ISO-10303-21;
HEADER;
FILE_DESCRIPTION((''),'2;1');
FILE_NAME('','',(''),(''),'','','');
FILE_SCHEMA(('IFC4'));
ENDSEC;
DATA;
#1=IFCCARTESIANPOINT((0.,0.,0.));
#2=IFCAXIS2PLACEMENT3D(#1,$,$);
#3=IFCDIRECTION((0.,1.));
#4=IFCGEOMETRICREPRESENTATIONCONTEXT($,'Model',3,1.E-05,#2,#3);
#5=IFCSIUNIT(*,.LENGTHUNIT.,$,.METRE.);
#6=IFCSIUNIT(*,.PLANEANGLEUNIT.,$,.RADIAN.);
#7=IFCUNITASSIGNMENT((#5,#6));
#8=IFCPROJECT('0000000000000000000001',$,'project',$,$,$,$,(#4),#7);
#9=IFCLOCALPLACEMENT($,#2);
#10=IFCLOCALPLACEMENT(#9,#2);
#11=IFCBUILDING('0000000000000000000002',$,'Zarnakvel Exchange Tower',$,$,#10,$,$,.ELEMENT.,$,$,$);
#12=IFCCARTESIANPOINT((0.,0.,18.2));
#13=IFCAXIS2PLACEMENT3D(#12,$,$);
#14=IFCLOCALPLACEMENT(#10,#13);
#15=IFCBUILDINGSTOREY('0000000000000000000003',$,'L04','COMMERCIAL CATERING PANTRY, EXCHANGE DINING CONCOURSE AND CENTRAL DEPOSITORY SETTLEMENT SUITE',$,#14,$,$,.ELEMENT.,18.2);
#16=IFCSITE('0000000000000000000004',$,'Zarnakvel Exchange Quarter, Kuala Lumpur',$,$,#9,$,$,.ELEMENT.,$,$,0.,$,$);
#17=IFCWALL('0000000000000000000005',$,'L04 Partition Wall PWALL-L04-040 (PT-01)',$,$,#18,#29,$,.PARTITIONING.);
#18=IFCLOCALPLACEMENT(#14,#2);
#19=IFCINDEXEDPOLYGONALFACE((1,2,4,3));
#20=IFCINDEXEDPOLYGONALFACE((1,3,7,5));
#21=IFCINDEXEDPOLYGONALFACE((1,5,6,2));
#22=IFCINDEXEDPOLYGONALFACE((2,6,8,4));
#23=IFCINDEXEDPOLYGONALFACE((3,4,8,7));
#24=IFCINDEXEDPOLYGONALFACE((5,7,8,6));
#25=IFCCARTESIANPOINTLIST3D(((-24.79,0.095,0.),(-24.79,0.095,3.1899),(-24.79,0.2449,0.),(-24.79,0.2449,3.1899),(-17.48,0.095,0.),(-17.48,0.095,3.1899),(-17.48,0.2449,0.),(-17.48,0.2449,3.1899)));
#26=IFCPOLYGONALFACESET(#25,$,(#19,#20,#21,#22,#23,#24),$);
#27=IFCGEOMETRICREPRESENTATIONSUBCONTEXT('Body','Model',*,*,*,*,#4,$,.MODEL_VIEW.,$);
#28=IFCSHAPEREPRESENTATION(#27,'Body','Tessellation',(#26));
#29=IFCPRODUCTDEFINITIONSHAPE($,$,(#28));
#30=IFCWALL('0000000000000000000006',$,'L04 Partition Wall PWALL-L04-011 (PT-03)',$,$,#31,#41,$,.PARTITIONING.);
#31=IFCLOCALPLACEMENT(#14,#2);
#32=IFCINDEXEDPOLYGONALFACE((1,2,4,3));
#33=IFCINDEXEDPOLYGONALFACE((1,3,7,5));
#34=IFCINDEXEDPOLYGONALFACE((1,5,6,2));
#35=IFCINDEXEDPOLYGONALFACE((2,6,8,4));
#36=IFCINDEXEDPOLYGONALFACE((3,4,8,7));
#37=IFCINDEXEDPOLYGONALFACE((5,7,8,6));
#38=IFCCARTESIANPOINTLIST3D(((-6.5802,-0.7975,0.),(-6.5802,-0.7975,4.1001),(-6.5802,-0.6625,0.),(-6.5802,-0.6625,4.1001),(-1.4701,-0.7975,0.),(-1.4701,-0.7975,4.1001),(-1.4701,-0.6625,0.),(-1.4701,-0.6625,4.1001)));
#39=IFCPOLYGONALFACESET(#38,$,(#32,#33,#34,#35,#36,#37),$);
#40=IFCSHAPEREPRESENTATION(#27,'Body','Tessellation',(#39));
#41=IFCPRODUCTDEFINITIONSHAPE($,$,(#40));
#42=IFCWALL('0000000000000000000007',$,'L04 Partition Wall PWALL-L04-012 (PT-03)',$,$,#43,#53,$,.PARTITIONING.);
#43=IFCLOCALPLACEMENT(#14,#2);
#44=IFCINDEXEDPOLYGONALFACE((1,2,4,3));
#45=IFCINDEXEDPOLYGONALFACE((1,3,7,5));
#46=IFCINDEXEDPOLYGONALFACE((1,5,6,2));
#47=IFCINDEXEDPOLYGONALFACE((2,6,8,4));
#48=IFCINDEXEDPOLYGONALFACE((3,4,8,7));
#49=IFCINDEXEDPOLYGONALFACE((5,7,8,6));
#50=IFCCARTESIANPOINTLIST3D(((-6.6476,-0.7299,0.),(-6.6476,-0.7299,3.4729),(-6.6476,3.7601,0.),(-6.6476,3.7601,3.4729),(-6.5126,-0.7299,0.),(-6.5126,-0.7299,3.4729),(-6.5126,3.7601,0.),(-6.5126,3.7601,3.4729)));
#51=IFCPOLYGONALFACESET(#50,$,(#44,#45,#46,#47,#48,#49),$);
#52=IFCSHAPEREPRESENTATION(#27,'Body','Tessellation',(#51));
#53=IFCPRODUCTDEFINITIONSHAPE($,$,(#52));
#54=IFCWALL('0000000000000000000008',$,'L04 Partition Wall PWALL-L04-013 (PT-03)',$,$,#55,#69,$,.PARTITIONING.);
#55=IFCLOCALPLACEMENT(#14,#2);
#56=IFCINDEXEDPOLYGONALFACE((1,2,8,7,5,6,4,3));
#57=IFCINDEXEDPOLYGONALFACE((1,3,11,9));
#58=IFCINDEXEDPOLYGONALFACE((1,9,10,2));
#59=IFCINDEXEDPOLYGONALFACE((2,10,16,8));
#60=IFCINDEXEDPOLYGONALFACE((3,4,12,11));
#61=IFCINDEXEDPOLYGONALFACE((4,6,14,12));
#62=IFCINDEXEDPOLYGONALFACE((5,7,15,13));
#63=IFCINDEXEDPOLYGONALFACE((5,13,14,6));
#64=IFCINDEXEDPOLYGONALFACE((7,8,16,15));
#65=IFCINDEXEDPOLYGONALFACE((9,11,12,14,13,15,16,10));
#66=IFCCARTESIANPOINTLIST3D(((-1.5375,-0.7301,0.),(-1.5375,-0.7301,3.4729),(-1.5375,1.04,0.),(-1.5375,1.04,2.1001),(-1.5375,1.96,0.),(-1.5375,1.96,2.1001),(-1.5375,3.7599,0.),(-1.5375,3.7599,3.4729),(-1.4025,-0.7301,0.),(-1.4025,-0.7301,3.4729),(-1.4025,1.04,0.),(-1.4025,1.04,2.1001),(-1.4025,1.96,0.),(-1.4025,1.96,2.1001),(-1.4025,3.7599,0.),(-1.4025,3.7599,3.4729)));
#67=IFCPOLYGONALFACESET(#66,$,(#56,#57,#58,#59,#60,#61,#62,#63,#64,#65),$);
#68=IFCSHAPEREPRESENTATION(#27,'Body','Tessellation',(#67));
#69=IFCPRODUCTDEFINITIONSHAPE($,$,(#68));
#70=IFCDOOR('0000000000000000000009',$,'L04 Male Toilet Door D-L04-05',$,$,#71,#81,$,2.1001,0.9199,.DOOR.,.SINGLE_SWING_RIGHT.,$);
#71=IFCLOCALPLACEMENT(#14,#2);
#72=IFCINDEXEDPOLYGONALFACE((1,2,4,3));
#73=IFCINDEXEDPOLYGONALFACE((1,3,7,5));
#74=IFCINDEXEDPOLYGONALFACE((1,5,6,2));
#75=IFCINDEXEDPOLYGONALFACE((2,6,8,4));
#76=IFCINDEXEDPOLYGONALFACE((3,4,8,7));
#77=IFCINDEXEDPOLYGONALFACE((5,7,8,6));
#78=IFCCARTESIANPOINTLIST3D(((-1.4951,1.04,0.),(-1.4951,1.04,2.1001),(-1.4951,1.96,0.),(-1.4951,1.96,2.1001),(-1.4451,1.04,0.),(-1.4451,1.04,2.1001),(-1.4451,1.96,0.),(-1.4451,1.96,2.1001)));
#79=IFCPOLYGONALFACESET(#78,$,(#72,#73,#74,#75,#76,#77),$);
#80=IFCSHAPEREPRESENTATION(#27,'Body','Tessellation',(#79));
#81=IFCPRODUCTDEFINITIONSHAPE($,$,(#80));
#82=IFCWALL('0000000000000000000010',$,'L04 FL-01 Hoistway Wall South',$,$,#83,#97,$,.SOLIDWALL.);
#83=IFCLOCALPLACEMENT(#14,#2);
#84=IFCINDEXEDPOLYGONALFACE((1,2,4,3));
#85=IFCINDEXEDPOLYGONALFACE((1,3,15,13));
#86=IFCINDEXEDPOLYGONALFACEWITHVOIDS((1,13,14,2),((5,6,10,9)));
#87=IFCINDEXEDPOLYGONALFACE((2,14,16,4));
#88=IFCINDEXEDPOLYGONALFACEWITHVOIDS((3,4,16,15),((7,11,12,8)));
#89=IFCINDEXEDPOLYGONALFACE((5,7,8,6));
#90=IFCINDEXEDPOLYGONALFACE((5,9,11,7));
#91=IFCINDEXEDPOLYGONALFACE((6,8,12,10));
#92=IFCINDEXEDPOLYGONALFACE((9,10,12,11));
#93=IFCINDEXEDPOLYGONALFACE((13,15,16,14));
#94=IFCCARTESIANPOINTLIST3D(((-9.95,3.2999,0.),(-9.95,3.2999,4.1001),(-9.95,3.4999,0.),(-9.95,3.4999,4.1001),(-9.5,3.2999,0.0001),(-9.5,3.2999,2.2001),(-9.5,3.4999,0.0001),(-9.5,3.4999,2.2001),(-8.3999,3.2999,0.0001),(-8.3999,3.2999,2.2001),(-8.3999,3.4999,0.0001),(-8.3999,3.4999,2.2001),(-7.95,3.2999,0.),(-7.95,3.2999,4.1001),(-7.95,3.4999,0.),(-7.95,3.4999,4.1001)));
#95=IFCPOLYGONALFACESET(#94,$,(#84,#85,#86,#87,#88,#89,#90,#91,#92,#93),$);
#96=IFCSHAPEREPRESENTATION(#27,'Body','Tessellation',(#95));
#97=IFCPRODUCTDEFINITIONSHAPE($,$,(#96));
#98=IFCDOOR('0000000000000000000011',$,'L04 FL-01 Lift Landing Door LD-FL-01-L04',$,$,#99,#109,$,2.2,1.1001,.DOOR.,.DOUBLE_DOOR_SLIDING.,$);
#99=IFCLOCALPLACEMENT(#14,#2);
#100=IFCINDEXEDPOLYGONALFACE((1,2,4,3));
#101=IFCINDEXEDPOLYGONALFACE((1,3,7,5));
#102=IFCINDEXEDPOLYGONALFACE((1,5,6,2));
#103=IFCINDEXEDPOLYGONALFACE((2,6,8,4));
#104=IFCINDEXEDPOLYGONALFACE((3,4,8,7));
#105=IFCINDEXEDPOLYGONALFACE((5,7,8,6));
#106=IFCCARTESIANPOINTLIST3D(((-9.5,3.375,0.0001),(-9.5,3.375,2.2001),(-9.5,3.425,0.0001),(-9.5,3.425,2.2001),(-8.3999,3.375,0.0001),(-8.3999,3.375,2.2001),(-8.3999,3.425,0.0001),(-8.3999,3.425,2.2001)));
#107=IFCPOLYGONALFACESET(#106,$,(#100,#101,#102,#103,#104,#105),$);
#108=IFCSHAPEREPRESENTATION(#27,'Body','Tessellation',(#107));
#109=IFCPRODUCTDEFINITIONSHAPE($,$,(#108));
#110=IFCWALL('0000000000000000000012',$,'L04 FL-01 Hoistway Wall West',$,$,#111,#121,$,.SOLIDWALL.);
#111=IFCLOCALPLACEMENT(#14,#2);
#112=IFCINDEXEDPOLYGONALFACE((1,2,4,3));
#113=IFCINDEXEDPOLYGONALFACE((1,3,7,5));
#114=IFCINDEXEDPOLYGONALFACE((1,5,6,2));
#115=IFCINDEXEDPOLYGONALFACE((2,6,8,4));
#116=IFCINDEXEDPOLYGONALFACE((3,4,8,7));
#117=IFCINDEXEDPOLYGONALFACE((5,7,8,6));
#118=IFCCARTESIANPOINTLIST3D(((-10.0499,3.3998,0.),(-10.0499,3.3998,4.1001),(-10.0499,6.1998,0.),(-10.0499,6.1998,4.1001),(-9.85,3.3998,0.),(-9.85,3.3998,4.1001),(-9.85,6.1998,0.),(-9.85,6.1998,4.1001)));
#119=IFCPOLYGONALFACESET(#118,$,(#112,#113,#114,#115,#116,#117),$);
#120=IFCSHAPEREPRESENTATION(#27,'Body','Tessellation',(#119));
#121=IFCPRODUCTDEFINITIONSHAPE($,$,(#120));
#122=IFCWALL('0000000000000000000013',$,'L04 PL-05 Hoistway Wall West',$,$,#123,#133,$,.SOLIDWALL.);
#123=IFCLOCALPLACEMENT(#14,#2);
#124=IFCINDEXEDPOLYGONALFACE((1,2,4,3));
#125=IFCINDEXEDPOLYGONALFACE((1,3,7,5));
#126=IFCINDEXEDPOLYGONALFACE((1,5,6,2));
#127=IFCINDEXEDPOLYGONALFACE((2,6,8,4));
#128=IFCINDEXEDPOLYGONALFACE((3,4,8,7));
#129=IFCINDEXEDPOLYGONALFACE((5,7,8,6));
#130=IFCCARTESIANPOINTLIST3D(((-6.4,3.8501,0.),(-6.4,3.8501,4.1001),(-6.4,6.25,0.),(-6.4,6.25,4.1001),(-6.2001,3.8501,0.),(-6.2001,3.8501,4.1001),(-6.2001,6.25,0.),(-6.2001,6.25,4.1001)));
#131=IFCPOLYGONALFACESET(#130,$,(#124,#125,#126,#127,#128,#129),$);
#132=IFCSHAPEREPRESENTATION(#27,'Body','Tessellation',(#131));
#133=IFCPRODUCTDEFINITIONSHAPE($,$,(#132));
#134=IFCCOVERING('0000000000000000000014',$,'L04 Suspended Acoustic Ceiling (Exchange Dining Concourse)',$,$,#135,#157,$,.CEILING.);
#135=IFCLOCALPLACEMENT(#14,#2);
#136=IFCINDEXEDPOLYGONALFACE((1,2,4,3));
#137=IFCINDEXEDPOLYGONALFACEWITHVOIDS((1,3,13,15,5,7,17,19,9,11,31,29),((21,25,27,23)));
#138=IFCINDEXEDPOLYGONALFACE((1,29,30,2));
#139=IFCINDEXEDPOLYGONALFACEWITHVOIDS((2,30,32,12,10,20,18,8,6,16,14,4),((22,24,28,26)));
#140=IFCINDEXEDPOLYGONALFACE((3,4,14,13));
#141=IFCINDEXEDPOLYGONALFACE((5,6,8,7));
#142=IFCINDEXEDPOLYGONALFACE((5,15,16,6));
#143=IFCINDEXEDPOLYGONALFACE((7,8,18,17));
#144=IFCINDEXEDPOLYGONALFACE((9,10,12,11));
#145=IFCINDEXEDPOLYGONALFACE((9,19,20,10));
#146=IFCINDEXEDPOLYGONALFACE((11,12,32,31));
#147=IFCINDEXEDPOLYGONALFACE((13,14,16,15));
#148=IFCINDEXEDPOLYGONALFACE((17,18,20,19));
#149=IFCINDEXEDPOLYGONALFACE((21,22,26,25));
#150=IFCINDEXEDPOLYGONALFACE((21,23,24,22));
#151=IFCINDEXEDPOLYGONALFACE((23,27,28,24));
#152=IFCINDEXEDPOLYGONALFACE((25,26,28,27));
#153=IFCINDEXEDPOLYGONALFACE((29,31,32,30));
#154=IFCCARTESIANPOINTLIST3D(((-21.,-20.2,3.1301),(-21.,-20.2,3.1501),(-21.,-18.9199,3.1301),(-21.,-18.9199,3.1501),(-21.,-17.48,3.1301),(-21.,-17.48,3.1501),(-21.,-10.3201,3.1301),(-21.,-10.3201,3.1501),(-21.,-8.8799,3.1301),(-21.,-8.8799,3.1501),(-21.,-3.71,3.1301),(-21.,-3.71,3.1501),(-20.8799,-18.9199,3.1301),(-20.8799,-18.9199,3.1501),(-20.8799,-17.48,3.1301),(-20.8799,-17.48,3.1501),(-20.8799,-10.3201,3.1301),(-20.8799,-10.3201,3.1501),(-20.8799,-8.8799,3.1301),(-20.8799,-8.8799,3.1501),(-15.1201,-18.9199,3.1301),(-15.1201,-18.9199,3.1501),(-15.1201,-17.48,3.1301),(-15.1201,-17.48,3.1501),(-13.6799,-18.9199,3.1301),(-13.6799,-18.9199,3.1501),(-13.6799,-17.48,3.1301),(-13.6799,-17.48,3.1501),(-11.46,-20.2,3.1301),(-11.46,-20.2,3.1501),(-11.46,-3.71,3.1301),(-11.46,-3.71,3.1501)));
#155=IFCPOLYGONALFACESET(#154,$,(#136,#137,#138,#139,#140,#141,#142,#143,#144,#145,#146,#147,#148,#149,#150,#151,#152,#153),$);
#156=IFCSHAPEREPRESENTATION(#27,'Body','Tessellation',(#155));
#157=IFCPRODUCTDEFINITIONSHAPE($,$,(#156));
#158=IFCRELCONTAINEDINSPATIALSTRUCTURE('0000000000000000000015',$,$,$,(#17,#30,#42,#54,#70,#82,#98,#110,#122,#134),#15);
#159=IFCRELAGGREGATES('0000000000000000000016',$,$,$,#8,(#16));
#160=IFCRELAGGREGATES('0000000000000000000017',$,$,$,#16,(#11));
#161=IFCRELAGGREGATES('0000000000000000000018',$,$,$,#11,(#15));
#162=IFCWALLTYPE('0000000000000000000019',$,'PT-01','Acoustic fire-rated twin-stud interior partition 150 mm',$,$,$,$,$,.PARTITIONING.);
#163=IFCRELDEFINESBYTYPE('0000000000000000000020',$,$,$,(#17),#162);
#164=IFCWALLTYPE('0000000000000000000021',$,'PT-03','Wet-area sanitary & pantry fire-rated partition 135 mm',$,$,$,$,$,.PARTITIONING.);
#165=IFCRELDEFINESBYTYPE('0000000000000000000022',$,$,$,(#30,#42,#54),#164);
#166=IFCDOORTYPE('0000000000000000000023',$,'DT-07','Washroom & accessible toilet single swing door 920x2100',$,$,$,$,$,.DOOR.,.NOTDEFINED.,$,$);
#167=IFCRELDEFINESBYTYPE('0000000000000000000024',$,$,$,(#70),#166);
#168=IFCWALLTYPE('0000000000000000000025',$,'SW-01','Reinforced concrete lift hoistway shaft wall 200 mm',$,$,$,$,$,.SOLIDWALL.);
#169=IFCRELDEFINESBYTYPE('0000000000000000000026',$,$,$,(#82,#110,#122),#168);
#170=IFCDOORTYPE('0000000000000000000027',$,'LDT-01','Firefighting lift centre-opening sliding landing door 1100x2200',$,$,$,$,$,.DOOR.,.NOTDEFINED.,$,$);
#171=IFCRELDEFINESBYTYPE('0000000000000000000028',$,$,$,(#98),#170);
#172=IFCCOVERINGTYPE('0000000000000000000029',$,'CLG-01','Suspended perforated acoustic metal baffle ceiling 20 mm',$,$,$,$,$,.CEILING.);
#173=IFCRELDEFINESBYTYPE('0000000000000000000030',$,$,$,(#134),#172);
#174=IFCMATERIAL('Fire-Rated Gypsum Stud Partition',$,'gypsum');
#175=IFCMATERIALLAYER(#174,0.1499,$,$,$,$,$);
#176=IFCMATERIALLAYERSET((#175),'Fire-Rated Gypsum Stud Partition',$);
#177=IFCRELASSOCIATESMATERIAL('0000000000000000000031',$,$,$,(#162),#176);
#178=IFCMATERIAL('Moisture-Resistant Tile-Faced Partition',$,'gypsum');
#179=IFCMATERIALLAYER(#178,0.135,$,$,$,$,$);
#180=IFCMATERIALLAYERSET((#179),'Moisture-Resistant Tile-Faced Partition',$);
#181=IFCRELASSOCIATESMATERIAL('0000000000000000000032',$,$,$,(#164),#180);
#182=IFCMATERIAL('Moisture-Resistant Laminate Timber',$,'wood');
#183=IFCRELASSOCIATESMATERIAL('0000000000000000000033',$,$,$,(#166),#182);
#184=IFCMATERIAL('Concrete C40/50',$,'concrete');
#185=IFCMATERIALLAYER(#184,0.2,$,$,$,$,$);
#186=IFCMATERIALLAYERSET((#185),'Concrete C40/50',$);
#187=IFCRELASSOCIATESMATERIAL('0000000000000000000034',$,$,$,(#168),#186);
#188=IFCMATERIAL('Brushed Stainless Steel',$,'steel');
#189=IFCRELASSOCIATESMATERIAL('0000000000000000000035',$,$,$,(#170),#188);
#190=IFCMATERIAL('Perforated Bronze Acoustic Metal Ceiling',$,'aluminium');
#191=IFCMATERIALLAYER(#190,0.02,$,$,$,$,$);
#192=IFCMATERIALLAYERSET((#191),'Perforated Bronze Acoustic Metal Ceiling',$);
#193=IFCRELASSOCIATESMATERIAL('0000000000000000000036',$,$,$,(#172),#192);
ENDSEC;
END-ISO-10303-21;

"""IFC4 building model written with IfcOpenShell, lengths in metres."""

from ifc_helpers import new_model, si_unit, direction, frame, frame_2d, origin, place, context, subcontext, project, spatial, polyline, rectangle, outline, extrude, source, transform, mapped, material, layer, layer_set, type_object, element, fill, save


model = new_model("IFC4")

# Units and contexts
model_context = context("Model", 3, precision=1e-05, world=origin(), true_north=direction((0.0, 1.0)))
body_context = subcontext(model_context, "Body", "Model", "MODEL_VIEW")
ifc_project = project(units=[si_unit("LENGTHUNIT", "METRE"), si_unit("PLANEANGLEUNIT", "RADIAN")], contexts=[model_context])

# Site, building, storey
site_placement = place(None, origin())
site = spatial("IfcSite", under=ifc_project, at=site_placement, Name="Zarnakvel Exchange Quarter, Kuala Lumpur", CompositionType="ELEMENT", RefElevation=0.0)
building_placement = place(site_placement, origin())
building = spatial("IfcBuilding", under=site, at=building_placement, Name="Zarnakvel Exchange Tower", CompositionType="ELEMENT")
storey_placement = place(building_placement, frame((0.0, 0.0, 18.2)))
storey = spatial("IfcBuildingStorey", under=building, at=storey_placement, Name="L04", Description="COMMERCIAL CATERING PANTRY, EXCHANGE DINING CONCOURSE AND CENTRAL DEPOSITORY SETTLEMENT SUITE", CompositionType="ELEMENT", Elevation=18.2)

# Shared definitions
ifc_material_1 = material(Name="Concrete C40/50", Category="concrete")

# Walls
ifc_material_2 = material(Name="Fire-Rated Gypsum Stud Partition", Category="gypsum")
ifc_layer_1 = layer(ifc_material_2, 0.1499)
ifc_layer_set_1 = layer_set([ifc_layer_1], Name="Fire-Rated Gypsum Stud Partition")
wall_type_1 = type_object("IfcWallType", Name="PT-01", Description="Acoustic fire-rated twin-stud interior partition 150 mm", PredefinedType="PARTITIONING", material=ifc_layer_set_1)
wall_1_placement = place(storey_placement, frame((-17.48, 0.1699, 0.0), z_axis=(0.0, 0.0, 1.0), x_axis=(-1.0, 0.0, 0.0)))
element("IfcWall", 1, at=wall_1_placement, inside=storey, type_object=wall_type_1, Name="L04 Partition Wall PWALL-L04-040 (PT-01)", PredefinedType="PARTITIONING", context=body_context, shape_type="SweptSolid", body=[
    extrude(rectangle(XDim=7.3101, YDim=0.1499, at=frame_2d((3.655, 0.0))), origin(), (0.0, 0.0, 1.0), 3.1899),
])
ifc_material_3 = material(Name="Moisture-Resistant Tile-Faced Partition", Category="gypsum")
ifc_layer_2 = layer(ifc_material_3, 0.135)
ifc_layer_set_2 = layer_set([ifc_layer_2], Name="Moisture-Resistant Tile-Faced Partition")
wall_type_2 = type_object("IfcWallType", Name="PT-03", Description="Wet-area sanitary & pantry fire-rated partition 135 mm", PredefinedType="PARTITIONING", material=ifc_layer_set_2)
wall_2_placement = place(storey_placement, frame((-1.47, -0.73, 0.0), z_axis=(0.0, 0.0, 1.0), x_axis=(-1.0, 0.0, 0.0)))
element("IfcWall", 2, at=wall_2_placement, inside=storey, type_object=wall_type_2, Name="L04 Partition Wall PWALL-L04-011 (PT-03)", PredefinedType="PARTITIONING", context=body_context, shape_type="SweptSolid", body=[
    extrude(rectangle(XDim=5.1101, YDim=0.135, at=frame_2d((2.5552, 0.0))), origin(), (0.0, 0.0, 1.0), 4.1001),
])
wall_3_placement = place(storey_placement, frame((-6.5801, -0.73, 0.0), z_axis=(0.0, 0.0, 1.0), x_axis=(0.0, 1.0, 0.0)))
element("IfcWall", 3, at=wall_3_placement, inside=storey, type_object=wall_type_2, Name="L04 Partition Wall PWALL-L04-012 (PT-03)", PredefinedType="PARTITIONING", context=body_context, shape_type="SweptSolid", body=[
    extrude(rectangle(XDim=4.49, YDim=0.135, at=frame_2d((2.2451, 0.0))), origin(), (0.0, 0.0, 1.0), 3.4729),
])

# Walls, openings, doors
wall_4_placement = place(storey_placement, frame((-1.47, 3.76, 0.0), z_axis=(0.0, 0.0, 1.0), x_axis=(0.0, -1.0, 0.0)))
wall_4 = element("IfcWall", 4, at=wall_4_placement, inside=storey, type_object=wall_type_2, Name="L04 Partition Wall PWALL-L04-013 (PT-03)", PredefinedType="PARTITIONING", context=body_context, shape_type="SweptSolid", body=[
    extrude(rectangle(XDim=4.49, YDim=0.135, at=frame_2d((2.2451, 0.0))), origin(), (0.0, 0.0, 1.0), 3.4729),
])
opening_1_placement = place(wall_4_placement, frame((1.8, 0.0, 0.0)))
opening_1 = element("IfcOpeningElement", 5, at=opening_1_placement, cuts=wall_4, PredefinedType="OPENING", context=body_context, shape_type="SweptSolid", body=[
    extrude(rectangle(XDim=0.9199, YDim=2.1001, at=frame_2d((0.46, 1.05))), frame((0.0, 0.0774, 0.0), z_axis=(0.0, -1.0, 0.0), x_axis=(1.0, 0.0, 0.0)), (0.0, 0.0, 1.0), 0.155),
])
ifc_material_4 = material(Name="Moisture-Resistant Laminate Timber", Category="wood")
door_type_1 = type_object("IfcDoorType", Name="DT-07", Description="Washroom & accessible toilet single swing door 920x2100", OperationType="NOTDEFINED", PredefinedType="DOOR", material=ifc_material_4)
shared_shape_1 = source(origin(), body_context, "Body", "SweptSolid", [
    extrude(rectangle(XDim=0.9199, YDim=2.1001, at=frame_2d((0.46, 1.05))), frame((0.0, 0.0249, 0.0), z_axis=(0.0, -1.0, 0.0), x_axis=(1.0, 0.0, 0.0)), (0.0, 0.0, 1.0), 0.05),
])
door_1_placement = place(opening_1_placement, origin())
door_1 = element("IfcDoor", 6, at=door_1_placement, inside=storey, type_object=door_type_1, Name="L04 Male Toilet Door D-L04-05", OperationType="SINGLE_SWING_RIGHT", OverallHeight=2.1001, OverallWidth=0.9199, PredefinedType="DOOR", context=body_context, shape_type="MappedRepresentation", body=[
    mapped(shared_shape_1, transform((0.0, 0.0, 0.0), x_axis=(1.0, 0.0, 0.0), y_axis=(0.0, 1.0, 0.0), z_axis=(0.0, 0.0, 1.0), scale=1.0)),
])
fill(opening_1, door_1)
ifc_layer_3 = layer(ifc_material_1, 0.2)
ifc_layer_set_3 = layer_set([ifc_layer_3], Name="Concrete C40/50")
wall_type_3 = type_object("IfcWallType", Name="SW-01", Description="Reinforced concrete lift hoistway shaft wall 200 mm", PredefinedType="SOLIDWALL", material=ifc_layer_set_3)
wall_5_placement = place(storey_placement, frame((-7.95, 3.3999, 0.0), z_axis=(0.0, 0.0, 1.0), x_axis=(-1.0, 0.0, 0.0)))
wall_5 = element("IfcWall", 7, at=wall_5_placement, inside=storey, type_object=wall_type_3, Name="L04 FL-01 Hoistway Wall South", PredefinedType="SOLIDWALL", context=body_context, shape_type="SweptSolid", body=[
    extrude(rectangle(XDim=2.0, YDim=0.2, at=frame_2d((1.0, 0.0))), origin(), (0.0, 0.0, 1.0), 4.1001),
])
opening_2_placement = place(wall_5_placement, frame((0.45, 0.0, 0.0)))
opening_2 = element("IfcOpeningElement", 8, at=opening_2_placement, cuts=wall_5, PredefinedType="OPENING", context=body_context, shape_type="SweptSolid", body=[
    extrude(rectangle(XDim=1.1001, YDim=2.2, at=frame_2d((0.55, 1.1001))), frame((0.0, 0.1099, 0.0), z_axis=(0.0, -1.0, 0.0), x_axis=(1.0, 0.0, 0.0)), (0.0, 0.0, 1.0), 0.22),
])
ifc_material_5 = material(Name="Brushed Stainless Steel", Category="steel")
door_type_2 = type_object("IfcDoorType", Name="LDT-01", Description="Firefighting lift centre-opening sliding landing door 1100x2200", OperationType="NOTDEFINED", PredefinedType="DOOR", material=ifc_material_5)
shared_shape_2 = source(origin(), body_context, "Body", "SweptSolid", [
    extrude(rectangle(XDim=1.1001, YDim=2.2, at=frame_2d((0.55, 1.1001))), frame((0.0, 0.0249, 0.0), z_axis=(0.0, -1.0, 0.0), x_axis=(1.0, 0.0, 0.0)), (0.0, 0.0, 1.0), 0.05),
])
door_2_placement = place(opening_2_placement, origin())
door_2 = element("IfcDoor", 9, at=door_2_placement, inside=storey, type_object=door_type_2, Name="L04 FL-01 Lift Landing Door LD-FL-01-L04", OperationType="DOUBLE_DOOR_SLIDING", OverallHeight=2.2, OverallWidth=1.1001, PredefinedType="DOOR", context=body_context, shape_type="MappedRepresentation", body=[
    mapped(shared_shape_2, transform((0.0, 0.0, 0.0), x_axis=(1.0, 0.0, 0.0), y_axis=(0.0, 1.0, 0.0), z_axis=(0.0, 0.0, 1.0), scale=1.0)),
])
fill(opening_2, door_2)

# Walls
wall_6_placement = place(storey_placement, frame((-9.95, 3.3999, 0.0), z_axis=(0.0, 0.0, 1.0), x_axis=(0.0, 1.0, 0.0)))
element("IfcWall", 10, at=wall_6_placement, inside=storey, type_object=wall_type_3, Name="L04 FL-01 Hoistway Wall West", PredefinedType="SOLIDWALL", context=body_context, shape_type="SweptSolid", body=[
    extrude(rectangle(XDim=2.8, YDim=0.2, at=frame_2d((1.3999, 0.0))), origin(), (0.0, 0.0, 1.0), 4.1001),
])
wall_7_placement = place(storey_placement, frame((-6.3, 3.8501, 0.0), z_axis=(0.0, 0.0, 1.0), x_axis=(0.0, 1.0, 0.0)))
element("IfcWall", 11, at=wall_7_placement, inside=storey, type_object=wall_type_3, Name="L04 PL-05 Hoistway Wall West", PredefinedType="SOLIDWALL", context=body_context, shape_type="SweptSolid", body=[
    extrude(rectangle(XDim=2.3999, YDim=0.2, at=frame_2d((1.2, 0.0))), origin(), (0.0, 0.0, 1.0), 4.1001),
])

# Covering
ifc_material_6 = material(Name="Perforated Bronze Acoustic Metal Ceiling", Category="aluminium")
ifc_layer_4 = layer(ifc_material_6, 0.02)
ifc_layer_set_4 = layer_set([ifc_layer_4], Name="Perforated Bronze Acoustic Metal Ceiling")
covering_type_1 = type_object("IfcCoveringType", Name="CLG-01", Description="Suspended perforated acoustic metal baffle ceiling 20 mm", PredefinedType="CEILING", material=ifc_layer_set_4)
covering_1_placement = place(storey_placement, frame((0.0, 0.0, 3.1301)))
element("IfcCovering", 12, at=covering_1_placement, inside=storey, type_object=covering_type_1, Name="L04 Suspended Acoustic Ceiling (Exchange Dining Concourse)", PredefinedType="CEILING", context=body_context, shape_type="SweptSolid", body=[
    extrude(outline(polyline([(-11.46, -3.71), (-11.46, -20.2), (-21.0, -20.2), (-21.0, -18.9199), (-20.8799, -18.9199), (-20.8799, -17.48), (-21.0, -17.48), (-21.0, -10.3201), (-20.8799, -10.3201), (-20.8799, -8.8799), (-21.0, -8.8799), (-21.0, -3.71), (-11.46, -3.71)]), holes=[polyline([(-13.6799, -18.9199), (-13.6799, -17.48), (-15.1201, -17.48), (-15.1201, -18.9199), (-13.6799, -18.9199)])]), origin(), (0.0, 0.0, 1.0), 0.02),
])

save(model, "model.ifc")
